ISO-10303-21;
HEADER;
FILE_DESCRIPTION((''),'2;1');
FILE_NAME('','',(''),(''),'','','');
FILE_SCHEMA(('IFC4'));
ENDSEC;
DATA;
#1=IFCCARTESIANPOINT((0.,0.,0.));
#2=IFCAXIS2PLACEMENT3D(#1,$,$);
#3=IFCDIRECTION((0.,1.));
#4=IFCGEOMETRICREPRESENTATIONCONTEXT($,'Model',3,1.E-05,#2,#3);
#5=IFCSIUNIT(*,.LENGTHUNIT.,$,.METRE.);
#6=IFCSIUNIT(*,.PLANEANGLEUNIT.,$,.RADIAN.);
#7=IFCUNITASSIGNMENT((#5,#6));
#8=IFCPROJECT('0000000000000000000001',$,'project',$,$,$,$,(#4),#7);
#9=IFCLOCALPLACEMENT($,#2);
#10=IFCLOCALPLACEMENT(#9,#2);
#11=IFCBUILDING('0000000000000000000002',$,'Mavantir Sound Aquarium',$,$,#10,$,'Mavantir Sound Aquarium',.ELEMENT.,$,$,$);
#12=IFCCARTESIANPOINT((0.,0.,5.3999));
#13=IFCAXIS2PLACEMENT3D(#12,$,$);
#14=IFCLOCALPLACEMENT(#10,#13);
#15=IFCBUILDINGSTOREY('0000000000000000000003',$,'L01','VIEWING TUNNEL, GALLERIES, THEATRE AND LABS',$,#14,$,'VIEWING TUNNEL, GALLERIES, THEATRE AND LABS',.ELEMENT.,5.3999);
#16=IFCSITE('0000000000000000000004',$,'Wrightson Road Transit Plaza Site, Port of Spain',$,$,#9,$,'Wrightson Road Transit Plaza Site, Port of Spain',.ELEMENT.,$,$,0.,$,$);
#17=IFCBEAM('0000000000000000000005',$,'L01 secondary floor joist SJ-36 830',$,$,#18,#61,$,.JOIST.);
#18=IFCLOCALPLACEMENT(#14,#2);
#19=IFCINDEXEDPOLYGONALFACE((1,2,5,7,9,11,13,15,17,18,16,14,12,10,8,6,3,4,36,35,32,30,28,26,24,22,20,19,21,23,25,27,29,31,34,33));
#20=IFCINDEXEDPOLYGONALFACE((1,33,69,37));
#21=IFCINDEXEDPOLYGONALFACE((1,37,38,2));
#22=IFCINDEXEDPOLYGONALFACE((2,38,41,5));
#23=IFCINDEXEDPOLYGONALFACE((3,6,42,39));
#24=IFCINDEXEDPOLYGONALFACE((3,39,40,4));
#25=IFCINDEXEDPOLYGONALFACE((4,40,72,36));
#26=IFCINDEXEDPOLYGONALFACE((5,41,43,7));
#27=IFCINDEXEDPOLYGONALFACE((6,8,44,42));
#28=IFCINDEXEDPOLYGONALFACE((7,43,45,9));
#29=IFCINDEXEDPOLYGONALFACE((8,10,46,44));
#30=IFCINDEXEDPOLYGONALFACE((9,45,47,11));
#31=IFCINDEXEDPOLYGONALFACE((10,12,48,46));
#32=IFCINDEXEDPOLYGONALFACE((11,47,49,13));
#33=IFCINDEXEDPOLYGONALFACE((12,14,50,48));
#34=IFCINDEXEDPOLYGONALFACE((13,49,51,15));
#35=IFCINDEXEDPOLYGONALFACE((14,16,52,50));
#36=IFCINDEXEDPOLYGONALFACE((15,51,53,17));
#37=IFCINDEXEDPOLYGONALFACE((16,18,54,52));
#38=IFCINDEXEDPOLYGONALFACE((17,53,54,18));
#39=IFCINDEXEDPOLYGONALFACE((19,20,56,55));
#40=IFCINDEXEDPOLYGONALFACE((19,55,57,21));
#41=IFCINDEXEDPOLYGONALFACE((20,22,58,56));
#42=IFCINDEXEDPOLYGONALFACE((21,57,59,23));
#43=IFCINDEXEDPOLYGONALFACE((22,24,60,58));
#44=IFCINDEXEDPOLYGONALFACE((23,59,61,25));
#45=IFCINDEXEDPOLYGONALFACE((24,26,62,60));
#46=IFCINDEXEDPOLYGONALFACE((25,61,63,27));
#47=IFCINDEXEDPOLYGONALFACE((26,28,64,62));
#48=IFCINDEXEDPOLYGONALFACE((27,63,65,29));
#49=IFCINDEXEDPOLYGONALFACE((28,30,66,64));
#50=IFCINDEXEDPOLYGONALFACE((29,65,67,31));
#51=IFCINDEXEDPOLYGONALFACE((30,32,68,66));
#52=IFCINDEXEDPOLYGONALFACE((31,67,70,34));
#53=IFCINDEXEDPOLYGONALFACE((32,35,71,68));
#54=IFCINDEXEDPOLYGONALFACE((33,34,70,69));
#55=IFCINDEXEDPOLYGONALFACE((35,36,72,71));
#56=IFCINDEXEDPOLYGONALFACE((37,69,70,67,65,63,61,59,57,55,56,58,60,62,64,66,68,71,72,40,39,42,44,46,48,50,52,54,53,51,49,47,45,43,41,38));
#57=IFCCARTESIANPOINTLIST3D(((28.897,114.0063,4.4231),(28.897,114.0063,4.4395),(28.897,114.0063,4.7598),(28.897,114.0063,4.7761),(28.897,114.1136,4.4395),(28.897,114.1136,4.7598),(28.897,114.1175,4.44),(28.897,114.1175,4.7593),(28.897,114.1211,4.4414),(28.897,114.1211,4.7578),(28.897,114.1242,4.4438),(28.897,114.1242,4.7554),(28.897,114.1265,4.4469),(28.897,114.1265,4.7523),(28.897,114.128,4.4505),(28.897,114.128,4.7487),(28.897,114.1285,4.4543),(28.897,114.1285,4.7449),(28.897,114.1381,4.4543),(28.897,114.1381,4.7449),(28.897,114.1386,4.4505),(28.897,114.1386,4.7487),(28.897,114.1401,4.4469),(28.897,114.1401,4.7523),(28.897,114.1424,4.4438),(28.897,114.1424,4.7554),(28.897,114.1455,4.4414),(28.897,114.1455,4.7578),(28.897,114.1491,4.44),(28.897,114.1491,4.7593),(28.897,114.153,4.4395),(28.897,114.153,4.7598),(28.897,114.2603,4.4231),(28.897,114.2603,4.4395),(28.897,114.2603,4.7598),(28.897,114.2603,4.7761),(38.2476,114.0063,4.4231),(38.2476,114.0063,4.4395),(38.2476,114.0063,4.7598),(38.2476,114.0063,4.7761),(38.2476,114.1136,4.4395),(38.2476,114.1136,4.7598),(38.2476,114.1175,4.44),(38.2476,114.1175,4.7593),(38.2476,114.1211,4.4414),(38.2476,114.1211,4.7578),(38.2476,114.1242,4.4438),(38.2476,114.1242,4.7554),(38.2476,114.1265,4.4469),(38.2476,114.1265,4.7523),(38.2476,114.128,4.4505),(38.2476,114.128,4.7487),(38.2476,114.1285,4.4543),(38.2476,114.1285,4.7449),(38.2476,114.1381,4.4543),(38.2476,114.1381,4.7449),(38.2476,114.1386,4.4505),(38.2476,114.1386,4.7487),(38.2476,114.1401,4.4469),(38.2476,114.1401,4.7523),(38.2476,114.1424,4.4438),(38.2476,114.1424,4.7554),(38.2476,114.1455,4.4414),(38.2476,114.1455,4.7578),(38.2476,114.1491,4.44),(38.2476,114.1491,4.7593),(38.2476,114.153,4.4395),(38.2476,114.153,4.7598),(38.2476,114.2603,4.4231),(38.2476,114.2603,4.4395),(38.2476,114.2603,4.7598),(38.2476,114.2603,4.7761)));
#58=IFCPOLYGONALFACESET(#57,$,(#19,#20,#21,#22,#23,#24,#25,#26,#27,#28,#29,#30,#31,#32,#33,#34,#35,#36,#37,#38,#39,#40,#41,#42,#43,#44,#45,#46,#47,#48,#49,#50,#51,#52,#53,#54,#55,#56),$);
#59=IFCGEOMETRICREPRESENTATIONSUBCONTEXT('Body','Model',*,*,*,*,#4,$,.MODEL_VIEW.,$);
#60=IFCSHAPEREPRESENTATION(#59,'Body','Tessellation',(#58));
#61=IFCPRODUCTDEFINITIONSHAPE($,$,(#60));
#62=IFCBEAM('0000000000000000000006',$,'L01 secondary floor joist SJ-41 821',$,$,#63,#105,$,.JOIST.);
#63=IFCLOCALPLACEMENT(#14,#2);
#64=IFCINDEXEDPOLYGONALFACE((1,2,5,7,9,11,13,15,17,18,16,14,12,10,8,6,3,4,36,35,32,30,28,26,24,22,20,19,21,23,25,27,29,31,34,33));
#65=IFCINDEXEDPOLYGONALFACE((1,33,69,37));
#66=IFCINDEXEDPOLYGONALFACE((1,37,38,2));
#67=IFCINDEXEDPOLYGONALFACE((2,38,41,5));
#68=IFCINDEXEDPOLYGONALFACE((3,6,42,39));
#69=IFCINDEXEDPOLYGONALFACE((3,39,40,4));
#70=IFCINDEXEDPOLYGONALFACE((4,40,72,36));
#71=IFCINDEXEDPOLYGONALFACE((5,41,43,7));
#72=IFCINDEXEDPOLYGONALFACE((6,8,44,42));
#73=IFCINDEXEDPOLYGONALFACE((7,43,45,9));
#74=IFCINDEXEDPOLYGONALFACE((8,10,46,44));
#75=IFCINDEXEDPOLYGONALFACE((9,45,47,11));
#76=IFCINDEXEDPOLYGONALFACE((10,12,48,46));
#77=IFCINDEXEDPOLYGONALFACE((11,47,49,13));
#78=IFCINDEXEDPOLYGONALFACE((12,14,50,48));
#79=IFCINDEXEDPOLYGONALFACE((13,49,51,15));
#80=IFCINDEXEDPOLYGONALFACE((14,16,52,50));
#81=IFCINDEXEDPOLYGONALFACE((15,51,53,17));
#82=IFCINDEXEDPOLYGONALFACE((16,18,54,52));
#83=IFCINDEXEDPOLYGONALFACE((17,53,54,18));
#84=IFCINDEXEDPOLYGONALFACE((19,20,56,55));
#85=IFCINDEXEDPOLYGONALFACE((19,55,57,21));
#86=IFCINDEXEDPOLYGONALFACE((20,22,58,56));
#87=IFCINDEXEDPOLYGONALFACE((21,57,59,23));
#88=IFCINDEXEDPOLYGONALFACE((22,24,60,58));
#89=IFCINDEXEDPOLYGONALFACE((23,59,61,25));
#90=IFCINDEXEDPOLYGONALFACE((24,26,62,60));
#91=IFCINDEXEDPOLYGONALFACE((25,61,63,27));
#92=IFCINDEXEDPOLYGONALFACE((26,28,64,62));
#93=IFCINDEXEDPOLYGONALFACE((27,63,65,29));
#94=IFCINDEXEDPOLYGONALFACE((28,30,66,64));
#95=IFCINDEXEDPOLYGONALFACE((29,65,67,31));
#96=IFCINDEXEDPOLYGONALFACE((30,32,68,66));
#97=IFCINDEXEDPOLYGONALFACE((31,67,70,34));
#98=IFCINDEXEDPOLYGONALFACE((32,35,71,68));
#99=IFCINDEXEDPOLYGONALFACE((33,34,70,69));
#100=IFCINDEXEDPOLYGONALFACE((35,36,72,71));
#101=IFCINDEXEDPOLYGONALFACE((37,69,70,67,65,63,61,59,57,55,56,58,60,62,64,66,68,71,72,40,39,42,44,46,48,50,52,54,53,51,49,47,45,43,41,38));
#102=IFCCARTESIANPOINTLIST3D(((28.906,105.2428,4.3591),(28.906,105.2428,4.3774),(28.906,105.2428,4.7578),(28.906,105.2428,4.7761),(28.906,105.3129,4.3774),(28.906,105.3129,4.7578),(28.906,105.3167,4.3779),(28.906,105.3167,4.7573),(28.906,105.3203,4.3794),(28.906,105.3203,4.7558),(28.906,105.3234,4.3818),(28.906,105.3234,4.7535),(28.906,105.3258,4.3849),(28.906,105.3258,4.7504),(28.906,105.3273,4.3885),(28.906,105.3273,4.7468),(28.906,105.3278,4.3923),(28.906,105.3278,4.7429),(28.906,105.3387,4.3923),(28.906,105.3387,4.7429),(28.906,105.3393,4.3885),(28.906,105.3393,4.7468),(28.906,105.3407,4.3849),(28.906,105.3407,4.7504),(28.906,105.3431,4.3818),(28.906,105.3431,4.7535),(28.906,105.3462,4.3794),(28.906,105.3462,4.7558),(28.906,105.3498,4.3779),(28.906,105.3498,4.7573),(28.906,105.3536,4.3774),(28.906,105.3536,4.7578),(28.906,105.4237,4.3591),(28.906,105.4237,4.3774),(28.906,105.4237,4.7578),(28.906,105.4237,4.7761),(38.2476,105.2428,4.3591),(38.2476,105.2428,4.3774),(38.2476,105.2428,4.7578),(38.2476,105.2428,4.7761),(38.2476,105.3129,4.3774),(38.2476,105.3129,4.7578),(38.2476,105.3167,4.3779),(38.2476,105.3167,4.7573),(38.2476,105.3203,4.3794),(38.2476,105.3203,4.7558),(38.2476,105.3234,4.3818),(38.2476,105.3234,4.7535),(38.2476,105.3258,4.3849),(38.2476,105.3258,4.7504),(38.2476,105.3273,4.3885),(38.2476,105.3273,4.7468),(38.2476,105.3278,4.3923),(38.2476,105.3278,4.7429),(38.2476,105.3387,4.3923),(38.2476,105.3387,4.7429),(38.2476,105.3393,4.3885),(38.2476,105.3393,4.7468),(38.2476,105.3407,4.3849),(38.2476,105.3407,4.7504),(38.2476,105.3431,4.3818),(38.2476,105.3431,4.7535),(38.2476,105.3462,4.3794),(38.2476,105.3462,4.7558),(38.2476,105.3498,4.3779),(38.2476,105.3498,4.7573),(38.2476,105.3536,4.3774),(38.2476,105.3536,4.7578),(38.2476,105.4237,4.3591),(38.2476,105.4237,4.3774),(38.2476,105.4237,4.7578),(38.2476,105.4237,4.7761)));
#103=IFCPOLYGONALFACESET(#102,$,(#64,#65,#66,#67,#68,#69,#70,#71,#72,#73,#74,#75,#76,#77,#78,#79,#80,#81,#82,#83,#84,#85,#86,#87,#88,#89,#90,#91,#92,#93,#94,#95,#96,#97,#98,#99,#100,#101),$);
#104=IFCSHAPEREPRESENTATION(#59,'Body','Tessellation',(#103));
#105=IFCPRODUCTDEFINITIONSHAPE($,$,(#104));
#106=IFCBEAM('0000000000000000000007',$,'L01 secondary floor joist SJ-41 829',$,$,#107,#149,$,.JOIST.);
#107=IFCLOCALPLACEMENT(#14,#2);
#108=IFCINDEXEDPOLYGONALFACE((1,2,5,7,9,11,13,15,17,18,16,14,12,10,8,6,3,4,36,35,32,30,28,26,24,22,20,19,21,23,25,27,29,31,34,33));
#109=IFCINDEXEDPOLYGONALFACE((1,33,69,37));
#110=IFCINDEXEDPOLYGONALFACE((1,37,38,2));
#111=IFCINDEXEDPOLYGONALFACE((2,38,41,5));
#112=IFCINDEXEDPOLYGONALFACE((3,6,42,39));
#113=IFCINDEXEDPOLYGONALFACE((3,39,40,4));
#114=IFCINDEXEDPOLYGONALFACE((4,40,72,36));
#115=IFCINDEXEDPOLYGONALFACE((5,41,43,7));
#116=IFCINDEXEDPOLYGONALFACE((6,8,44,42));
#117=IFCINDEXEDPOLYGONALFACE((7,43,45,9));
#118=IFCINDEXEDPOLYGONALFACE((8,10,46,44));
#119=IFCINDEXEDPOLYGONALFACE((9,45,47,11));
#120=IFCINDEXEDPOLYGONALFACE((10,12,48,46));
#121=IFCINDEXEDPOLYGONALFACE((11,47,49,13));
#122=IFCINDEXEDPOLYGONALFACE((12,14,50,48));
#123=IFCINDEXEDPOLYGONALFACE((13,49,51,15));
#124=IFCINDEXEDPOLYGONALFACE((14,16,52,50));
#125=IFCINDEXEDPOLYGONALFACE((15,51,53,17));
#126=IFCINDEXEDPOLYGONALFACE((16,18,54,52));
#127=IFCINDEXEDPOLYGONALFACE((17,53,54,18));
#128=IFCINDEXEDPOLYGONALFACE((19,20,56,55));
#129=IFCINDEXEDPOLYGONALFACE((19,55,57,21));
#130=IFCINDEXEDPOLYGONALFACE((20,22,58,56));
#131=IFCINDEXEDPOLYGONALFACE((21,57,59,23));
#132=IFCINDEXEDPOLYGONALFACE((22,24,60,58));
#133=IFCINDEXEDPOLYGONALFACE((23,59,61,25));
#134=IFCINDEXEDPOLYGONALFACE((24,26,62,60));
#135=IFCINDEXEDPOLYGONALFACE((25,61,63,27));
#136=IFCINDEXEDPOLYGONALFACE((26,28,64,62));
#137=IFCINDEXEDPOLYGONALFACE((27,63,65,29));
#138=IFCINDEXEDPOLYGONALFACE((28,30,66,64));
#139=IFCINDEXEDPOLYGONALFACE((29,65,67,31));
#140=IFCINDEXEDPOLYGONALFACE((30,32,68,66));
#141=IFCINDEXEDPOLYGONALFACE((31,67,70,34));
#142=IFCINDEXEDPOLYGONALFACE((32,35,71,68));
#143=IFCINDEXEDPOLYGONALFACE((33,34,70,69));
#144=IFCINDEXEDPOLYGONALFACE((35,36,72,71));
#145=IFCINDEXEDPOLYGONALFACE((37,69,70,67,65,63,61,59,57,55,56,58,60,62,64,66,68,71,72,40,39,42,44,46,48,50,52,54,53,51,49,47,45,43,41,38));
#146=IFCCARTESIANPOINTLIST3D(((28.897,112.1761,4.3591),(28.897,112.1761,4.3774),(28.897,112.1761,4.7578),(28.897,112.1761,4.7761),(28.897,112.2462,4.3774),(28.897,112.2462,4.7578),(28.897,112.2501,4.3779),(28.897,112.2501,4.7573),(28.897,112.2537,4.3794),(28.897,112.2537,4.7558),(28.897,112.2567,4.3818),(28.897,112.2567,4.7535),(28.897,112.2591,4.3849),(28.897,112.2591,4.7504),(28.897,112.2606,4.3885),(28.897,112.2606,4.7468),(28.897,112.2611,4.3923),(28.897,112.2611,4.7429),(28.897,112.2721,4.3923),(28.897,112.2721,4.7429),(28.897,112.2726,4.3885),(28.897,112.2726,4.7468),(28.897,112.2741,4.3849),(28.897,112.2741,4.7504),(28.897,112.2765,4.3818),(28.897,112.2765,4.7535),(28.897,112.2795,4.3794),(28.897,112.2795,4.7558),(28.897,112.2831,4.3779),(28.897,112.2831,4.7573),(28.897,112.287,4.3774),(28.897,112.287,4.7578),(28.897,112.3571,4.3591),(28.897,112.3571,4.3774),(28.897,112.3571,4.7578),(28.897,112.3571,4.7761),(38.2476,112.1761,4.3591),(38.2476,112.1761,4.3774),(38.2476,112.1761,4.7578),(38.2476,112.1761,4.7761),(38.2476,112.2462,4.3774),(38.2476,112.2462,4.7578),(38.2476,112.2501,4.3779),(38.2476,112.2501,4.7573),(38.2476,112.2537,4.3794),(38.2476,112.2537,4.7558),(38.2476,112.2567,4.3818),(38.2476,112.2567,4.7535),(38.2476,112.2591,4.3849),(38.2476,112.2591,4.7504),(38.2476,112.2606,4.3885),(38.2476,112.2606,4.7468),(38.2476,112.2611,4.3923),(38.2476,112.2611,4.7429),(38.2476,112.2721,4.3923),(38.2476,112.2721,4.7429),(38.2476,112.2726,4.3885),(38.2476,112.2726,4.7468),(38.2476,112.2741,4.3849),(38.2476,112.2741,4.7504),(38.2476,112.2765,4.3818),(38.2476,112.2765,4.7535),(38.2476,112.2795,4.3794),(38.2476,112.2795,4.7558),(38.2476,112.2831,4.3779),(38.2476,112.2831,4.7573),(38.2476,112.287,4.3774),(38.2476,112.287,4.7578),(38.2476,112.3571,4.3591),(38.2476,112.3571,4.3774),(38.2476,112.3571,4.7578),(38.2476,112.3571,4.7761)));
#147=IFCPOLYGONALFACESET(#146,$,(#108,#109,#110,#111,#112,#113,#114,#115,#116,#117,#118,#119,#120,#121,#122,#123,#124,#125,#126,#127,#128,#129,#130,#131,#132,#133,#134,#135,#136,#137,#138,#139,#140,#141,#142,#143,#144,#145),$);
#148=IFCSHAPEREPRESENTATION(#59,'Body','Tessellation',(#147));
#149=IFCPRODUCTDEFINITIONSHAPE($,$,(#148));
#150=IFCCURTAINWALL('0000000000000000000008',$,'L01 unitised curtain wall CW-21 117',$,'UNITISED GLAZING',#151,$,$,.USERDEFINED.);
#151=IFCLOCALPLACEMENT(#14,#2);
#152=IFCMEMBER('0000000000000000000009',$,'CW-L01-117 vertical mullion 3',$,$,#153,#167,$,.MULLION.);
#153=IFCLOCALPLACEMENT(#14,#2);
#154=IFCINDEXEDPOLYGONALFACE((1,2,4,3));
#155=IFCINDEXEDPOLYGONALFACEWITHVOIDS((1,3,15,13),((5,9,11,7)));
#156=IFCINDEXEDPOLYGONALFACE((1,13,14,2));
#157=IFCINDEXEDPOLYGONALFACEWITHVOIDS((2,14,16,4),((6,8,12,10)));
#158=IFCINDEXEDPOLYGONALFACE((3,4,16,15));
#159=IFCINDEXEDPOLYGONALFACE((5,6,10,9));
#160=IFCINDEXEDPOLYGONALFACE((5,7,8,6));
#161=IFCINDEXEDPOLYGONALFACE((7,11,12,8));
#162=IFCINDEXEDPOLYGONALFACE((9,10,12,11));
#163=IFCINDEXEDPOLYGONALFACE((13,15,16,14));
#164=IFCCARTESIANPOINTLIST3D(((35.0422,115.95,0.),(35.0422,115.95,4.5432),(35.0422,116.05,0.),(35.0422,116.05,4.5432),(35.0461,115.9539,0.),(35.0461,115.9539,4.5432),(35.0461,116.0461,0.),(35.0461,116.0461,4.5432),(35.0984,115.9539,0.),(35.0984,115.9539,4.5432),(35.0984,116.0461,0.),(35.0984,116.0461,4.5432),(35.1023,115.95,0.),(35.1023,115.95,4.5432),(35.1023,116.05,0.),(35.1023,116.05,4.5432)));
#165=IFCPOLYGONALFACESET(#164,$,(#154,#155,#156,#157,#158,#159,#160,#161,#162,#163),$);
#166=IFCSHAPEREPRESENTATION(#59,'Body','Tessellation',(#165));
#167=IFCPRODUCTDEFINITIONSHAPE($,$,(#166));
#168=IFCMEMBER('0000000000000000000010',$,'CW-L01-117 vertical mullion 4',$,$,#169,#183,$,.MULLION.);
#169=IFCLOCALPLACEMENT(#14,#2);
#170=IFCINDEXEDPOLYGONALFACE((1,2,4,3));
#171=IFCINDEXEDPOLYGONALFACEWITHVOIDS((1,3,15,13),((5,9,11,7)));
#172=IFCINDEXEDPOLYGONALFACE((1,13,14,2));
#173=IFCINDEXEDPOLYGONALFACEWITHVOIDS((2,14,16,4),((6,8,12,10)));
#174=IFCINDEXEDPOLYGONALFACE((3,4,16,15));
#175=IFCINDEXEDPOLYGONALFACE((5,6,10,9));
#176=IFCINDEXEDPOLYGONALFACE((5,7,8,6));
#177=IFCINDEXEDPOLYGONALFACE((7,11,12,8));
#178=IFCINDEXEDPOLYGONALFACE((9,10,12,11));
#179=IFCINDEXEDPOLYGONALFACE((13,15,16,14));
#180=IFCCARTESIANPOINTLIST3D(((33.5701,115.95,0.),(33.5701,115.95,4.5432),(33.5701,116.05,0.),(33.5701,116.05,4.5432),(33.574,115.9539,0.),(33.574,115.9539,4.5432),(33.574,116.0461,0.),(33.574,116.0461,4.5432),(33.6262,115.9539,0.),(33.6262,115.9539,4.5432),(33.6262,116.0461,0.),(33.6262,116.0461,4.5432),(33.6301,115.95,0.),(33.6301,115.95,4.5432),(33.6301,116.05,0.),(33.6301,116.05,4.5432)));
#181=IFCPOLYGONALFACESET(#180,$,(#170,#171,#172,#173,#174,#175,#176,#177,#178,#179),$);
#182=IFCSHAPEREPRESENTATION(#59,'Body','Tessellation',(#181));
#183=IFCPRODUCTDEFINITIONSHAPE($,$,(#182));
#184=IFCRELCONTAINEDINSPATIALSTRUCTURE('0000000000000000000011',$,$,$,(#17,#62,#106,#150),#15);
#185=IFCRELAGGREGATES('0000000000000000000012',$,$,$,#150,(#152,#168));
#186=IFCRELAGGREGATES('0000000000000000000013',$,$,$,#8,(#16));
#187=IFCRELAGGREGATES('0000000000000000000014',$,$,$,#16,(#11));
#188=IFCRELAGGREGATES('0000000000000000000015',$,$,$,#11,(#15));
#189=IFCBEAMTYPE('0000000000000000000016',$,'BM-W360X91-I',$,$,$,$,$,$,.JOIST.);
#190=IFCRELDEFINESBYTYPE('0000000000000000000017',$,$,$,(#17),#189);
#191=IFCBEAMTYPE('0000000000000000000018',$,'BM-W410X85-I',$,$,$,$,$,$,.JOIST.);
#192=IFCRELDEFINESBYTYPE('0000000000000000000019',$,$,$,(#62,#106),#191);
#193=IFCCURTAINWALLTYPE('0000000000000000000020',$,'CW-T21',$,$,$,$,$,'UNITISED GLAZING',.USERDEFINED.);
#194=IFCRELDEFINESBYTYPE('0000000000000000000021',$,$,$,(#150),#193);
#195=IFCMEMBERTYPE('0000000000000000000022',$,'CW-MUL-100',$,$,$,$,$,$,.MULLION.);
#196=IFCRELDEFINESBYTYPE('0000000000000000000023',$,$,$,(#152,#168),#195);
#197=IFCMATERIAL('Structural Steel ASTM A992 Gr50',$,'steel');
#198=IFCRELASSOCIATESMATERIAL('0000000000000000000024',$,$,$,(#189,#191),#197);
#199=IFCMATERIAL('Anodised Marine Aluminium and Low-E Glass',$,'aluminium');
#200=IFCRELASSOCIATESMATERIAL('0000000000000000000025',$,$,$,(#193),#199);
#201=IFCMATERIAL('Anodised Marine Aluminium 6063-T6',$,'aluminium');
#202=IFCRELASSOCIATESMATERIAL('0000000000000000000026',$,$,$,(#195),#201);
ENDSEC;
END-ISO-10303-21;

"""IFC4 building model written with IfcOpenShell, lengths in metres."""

from ifc_helpers import new_model, si_unit, direction, frame, origin, origin_2d, place, context, subcontext, project, spatial, hollow_rectangle, i_section, extrude, material, material_profile, profile_set, type_object, element, aggregate, save


model = new_model("IFC4")

# Units and contexts
model_context = context("Model", 3, precision=1e-05, world=origin(), true_north=direction((0.0, 1.0)))
body_context = subcontext(model_context, "Body", "Model", "MODEL_VIEW")
ifc_project = project(units=[si_unit("LENGTHUNIT", "METRE"), si_unit("PLANEANGLEUNIT", "RADIAN")], contexts=[model_context])

# Site, building, storey
site_placement = place(None, origin())
site = spatial("IfcSite", under=ifc_project, at=site_placement, Name="Wrightson Road Transit Plaza Site, Port of Spain", LongName="Wrightson Road Transit Plaza Site, Port of Spain", CompositionType="ELEMENT", RefElevation=0.0)
building_placement = place(site_placement, origin())
building = spatial("IfcBuilding", under=site, at=building_placement, Name="Mavantir Sound Aquarium", LongName="Mavantir Sound Aquarium", CompositionType="ELEMENT")
storey_placement = place(building_placement, frame((0.0, 0.0, 5.3999)))
storey = spatial("IfcBuildingStorey", under=building, at=storey_placement, Name="L01", Description="VIEWING TUNNEL, GALLERIES, THEATRE AND LABS", LongName="VIEWING TUNNEL, GALLERIES, THEATRE AND LABS", CompositionType="ELEMENT", Elevation=5.3999)

# Beams
ifc_material_1 = material(Name="Structural Steel ASTM A992 Gr50", Category="steel")
ifc_material_profile_1 = material_profile(ifc_material_1, i_section(OverallWidth=0.2539, OverallDepth=0.353, WebThickness=0.0095, FlangeThickness=0.0164, FilletRadius=0.0149, at=origin_2d()), Name="W360X91")
ifc_profile_set_1 = profile_set([ifc_material_profile_1], Name="Structural Steel ASTM A992 Gr50")
beam_type_1 = type_object("IfcBeamType", Name="BM-W360X91-I", PredefinedType="JOIST", material=ifc_profile_set_1)
beam_1_placement = place(storey_placement, frame((28.897, 114.1333, 4.5996), z_axis=(1.0, 0.0, 0.0), x_axis=(0.0, 1.0, 0.0)))
element("IfcBeam", 1, at=beam_1_placement, inside=storey, type_object=beam_type_1, Name="L01 secondary floor joist SJ-36 830", PredefinedType="JOIST", context=body_context, shape_type="SweptSolid", body=[
    extrude(i_section(OverallWidth=0.2539, OverallDepth=0.353, WebThickness=0.0095, FlangeThickness=0.0164, FilletRadius=0.0149, at=origin_2d()), origin(), (0.0, 0.0, 1.0), 9.3506),
])
ifc_material_profile_2 = material_profile(ifc_material_1, i_section(OverallWidth=0.1809, OverallDepth=0.417, WebThickness=0.011, FlangeThickness=0.0183, FilletRadius=0.0149, at=origin_2d()), Name="W410X85")
ifc_profile_set_2 = profile_set([ifc_material_profile_2], Name="Structural Steel ASTM A992 Gr50")
beam_type_2 = type_object("IfcBeamType", Name="BM-W410X85-I", PredefinedType="JOIST", material=ifc_profile_set_2)
beam_2_placement = place(storey_placement, frame((28.906, 105.3333, 4.5676), z_axis=(1.0, 0.0, 0.0), x_axis=(0.0, 1.0, 0.0)))
element("IfcBeam", 2, at=beam_2_placement, inside=storey, type_object=beam_type_2, Name="L01 secondary floor joist SJ-41 821", PredefinedType="JOIST", context=body_context, shape_type="SweptSolid", body=[
    extrude(i_section(OverallWidth=0.1809, OverallDepth=0.417, WebThickness=0.011, FlangeThickness=0.0183, FilletRadius=0.0149, at=origin_2d()), origin(), (0.0, 0.0, 1.0), 9.3416),
])
beam_3_placement = place(storey_placement, frame((28.897, 112.2666, 4.5676), z_axis=(1.0, 0.0, 0.0), x_axis=(0.0, 1.0, 0.0)))
element("IfcBeam", 3, at=beam_3_placement, inside=storey, type_object=beam_type_2, Name="L01 secondary floor joist SJ-41 829", PredefinedType="JOIST", context=body_context, shape_type="SweptSolid", body=[
    extrude(i_section(OverallWidth=0.1809, OverallDepth=0.417, WebThickness=0.011, FlangeThickness=0.0183, FilletRadius=0.0149, at=origin_2d()), origin(), (0.0, 0.0, 1.0), 9.3506),
])

# Curtain wall, members
ifc_material_2 = material(Name="Anodised Marine Aluminium and Low-E Glass", Category="aluminium")
curtain_wall_type = type_object("IfcCurtainWallType", Name="CW-T21", ElementType="UNITISED GLAZING", PredefinedType="USERDEFINED", material=ifc_material_2)
curtain_wall_placement = place(storey_placement, origin())
curtain_wall = element("IfcCurtainWall", 4, at=curtain_wall_placement, inside=storey, type_object=curtain_wall_type, Name="L01 unitised curtain wall CW-21 117", ObjectType="UNITISED GLAZING", PredefinedType="USERDEFINED")
ifc_material_3 = material(Name="Anodised Marine Aluminium 6063-T6", Category="aluminium")
ifc_material_profile_3 = material_profile(ifc_material_3, hollow_rectangle(XDim=0.0601, YDim=0.1001, WallThickness=0.0039, at=origin_2d()), Name="ALU-MULLION-100X60")
ifc_profile_set_3 = profile_set([ifc_material_profile_3], Name="Anodised Marine Aluminium 6063-T6")
member_type_1 = type_object("IfcMemberType", Name="CW-MUL-100", PredefinedType="MULLION", material=ifc_profile_set_3)
member_1_placement = place(storey_placement, frame((35.0723, 116.0, 0.0), z_axis=(0.0, 0.0, 1.0), x_axis=(1.0, 0.0, 0.0)))
member_1 = element("IfcMember", 5, at=member_1_placement, type_object=member_type_1, Name="CW-L01-117 vertical mullion 3", PredefinedType="MULLION", context=body_context, shape_type="SweptSolid", body=[
    extrude(hollow_rectangle(XDim=0.0601, YDim=0.1001, WallThickness=0.0039, at=origin_2d()), origin(), (0.0, 0.0, 1.0), 4.5432),
])
member_2_placement = place(storey_placement, frame((33.6001, 116.0, 0.0), z_axis=(0.0, 0.0, 1.0), x_axis=(1.0, 0.0, 0.0)))
member_2 = element("IfcMember", 6, at=member_2_placement, type_object=member_type_1, Name="CW-L01-117 vertical mullion 4", PredefinedType="MULLION", context=body_context, shape_type="SweptSolid", body=[
    extrude(hollow_rectangle(XDim=0.0601, YDim=0.1001, WallThickness=0.0039, at=origin_2d()), origin(), (0.0, 0.0, 1.0), 4.5432),
])
aggregate(curtain_wall, [member_1, member_2])

save(model, "model.ifc")
